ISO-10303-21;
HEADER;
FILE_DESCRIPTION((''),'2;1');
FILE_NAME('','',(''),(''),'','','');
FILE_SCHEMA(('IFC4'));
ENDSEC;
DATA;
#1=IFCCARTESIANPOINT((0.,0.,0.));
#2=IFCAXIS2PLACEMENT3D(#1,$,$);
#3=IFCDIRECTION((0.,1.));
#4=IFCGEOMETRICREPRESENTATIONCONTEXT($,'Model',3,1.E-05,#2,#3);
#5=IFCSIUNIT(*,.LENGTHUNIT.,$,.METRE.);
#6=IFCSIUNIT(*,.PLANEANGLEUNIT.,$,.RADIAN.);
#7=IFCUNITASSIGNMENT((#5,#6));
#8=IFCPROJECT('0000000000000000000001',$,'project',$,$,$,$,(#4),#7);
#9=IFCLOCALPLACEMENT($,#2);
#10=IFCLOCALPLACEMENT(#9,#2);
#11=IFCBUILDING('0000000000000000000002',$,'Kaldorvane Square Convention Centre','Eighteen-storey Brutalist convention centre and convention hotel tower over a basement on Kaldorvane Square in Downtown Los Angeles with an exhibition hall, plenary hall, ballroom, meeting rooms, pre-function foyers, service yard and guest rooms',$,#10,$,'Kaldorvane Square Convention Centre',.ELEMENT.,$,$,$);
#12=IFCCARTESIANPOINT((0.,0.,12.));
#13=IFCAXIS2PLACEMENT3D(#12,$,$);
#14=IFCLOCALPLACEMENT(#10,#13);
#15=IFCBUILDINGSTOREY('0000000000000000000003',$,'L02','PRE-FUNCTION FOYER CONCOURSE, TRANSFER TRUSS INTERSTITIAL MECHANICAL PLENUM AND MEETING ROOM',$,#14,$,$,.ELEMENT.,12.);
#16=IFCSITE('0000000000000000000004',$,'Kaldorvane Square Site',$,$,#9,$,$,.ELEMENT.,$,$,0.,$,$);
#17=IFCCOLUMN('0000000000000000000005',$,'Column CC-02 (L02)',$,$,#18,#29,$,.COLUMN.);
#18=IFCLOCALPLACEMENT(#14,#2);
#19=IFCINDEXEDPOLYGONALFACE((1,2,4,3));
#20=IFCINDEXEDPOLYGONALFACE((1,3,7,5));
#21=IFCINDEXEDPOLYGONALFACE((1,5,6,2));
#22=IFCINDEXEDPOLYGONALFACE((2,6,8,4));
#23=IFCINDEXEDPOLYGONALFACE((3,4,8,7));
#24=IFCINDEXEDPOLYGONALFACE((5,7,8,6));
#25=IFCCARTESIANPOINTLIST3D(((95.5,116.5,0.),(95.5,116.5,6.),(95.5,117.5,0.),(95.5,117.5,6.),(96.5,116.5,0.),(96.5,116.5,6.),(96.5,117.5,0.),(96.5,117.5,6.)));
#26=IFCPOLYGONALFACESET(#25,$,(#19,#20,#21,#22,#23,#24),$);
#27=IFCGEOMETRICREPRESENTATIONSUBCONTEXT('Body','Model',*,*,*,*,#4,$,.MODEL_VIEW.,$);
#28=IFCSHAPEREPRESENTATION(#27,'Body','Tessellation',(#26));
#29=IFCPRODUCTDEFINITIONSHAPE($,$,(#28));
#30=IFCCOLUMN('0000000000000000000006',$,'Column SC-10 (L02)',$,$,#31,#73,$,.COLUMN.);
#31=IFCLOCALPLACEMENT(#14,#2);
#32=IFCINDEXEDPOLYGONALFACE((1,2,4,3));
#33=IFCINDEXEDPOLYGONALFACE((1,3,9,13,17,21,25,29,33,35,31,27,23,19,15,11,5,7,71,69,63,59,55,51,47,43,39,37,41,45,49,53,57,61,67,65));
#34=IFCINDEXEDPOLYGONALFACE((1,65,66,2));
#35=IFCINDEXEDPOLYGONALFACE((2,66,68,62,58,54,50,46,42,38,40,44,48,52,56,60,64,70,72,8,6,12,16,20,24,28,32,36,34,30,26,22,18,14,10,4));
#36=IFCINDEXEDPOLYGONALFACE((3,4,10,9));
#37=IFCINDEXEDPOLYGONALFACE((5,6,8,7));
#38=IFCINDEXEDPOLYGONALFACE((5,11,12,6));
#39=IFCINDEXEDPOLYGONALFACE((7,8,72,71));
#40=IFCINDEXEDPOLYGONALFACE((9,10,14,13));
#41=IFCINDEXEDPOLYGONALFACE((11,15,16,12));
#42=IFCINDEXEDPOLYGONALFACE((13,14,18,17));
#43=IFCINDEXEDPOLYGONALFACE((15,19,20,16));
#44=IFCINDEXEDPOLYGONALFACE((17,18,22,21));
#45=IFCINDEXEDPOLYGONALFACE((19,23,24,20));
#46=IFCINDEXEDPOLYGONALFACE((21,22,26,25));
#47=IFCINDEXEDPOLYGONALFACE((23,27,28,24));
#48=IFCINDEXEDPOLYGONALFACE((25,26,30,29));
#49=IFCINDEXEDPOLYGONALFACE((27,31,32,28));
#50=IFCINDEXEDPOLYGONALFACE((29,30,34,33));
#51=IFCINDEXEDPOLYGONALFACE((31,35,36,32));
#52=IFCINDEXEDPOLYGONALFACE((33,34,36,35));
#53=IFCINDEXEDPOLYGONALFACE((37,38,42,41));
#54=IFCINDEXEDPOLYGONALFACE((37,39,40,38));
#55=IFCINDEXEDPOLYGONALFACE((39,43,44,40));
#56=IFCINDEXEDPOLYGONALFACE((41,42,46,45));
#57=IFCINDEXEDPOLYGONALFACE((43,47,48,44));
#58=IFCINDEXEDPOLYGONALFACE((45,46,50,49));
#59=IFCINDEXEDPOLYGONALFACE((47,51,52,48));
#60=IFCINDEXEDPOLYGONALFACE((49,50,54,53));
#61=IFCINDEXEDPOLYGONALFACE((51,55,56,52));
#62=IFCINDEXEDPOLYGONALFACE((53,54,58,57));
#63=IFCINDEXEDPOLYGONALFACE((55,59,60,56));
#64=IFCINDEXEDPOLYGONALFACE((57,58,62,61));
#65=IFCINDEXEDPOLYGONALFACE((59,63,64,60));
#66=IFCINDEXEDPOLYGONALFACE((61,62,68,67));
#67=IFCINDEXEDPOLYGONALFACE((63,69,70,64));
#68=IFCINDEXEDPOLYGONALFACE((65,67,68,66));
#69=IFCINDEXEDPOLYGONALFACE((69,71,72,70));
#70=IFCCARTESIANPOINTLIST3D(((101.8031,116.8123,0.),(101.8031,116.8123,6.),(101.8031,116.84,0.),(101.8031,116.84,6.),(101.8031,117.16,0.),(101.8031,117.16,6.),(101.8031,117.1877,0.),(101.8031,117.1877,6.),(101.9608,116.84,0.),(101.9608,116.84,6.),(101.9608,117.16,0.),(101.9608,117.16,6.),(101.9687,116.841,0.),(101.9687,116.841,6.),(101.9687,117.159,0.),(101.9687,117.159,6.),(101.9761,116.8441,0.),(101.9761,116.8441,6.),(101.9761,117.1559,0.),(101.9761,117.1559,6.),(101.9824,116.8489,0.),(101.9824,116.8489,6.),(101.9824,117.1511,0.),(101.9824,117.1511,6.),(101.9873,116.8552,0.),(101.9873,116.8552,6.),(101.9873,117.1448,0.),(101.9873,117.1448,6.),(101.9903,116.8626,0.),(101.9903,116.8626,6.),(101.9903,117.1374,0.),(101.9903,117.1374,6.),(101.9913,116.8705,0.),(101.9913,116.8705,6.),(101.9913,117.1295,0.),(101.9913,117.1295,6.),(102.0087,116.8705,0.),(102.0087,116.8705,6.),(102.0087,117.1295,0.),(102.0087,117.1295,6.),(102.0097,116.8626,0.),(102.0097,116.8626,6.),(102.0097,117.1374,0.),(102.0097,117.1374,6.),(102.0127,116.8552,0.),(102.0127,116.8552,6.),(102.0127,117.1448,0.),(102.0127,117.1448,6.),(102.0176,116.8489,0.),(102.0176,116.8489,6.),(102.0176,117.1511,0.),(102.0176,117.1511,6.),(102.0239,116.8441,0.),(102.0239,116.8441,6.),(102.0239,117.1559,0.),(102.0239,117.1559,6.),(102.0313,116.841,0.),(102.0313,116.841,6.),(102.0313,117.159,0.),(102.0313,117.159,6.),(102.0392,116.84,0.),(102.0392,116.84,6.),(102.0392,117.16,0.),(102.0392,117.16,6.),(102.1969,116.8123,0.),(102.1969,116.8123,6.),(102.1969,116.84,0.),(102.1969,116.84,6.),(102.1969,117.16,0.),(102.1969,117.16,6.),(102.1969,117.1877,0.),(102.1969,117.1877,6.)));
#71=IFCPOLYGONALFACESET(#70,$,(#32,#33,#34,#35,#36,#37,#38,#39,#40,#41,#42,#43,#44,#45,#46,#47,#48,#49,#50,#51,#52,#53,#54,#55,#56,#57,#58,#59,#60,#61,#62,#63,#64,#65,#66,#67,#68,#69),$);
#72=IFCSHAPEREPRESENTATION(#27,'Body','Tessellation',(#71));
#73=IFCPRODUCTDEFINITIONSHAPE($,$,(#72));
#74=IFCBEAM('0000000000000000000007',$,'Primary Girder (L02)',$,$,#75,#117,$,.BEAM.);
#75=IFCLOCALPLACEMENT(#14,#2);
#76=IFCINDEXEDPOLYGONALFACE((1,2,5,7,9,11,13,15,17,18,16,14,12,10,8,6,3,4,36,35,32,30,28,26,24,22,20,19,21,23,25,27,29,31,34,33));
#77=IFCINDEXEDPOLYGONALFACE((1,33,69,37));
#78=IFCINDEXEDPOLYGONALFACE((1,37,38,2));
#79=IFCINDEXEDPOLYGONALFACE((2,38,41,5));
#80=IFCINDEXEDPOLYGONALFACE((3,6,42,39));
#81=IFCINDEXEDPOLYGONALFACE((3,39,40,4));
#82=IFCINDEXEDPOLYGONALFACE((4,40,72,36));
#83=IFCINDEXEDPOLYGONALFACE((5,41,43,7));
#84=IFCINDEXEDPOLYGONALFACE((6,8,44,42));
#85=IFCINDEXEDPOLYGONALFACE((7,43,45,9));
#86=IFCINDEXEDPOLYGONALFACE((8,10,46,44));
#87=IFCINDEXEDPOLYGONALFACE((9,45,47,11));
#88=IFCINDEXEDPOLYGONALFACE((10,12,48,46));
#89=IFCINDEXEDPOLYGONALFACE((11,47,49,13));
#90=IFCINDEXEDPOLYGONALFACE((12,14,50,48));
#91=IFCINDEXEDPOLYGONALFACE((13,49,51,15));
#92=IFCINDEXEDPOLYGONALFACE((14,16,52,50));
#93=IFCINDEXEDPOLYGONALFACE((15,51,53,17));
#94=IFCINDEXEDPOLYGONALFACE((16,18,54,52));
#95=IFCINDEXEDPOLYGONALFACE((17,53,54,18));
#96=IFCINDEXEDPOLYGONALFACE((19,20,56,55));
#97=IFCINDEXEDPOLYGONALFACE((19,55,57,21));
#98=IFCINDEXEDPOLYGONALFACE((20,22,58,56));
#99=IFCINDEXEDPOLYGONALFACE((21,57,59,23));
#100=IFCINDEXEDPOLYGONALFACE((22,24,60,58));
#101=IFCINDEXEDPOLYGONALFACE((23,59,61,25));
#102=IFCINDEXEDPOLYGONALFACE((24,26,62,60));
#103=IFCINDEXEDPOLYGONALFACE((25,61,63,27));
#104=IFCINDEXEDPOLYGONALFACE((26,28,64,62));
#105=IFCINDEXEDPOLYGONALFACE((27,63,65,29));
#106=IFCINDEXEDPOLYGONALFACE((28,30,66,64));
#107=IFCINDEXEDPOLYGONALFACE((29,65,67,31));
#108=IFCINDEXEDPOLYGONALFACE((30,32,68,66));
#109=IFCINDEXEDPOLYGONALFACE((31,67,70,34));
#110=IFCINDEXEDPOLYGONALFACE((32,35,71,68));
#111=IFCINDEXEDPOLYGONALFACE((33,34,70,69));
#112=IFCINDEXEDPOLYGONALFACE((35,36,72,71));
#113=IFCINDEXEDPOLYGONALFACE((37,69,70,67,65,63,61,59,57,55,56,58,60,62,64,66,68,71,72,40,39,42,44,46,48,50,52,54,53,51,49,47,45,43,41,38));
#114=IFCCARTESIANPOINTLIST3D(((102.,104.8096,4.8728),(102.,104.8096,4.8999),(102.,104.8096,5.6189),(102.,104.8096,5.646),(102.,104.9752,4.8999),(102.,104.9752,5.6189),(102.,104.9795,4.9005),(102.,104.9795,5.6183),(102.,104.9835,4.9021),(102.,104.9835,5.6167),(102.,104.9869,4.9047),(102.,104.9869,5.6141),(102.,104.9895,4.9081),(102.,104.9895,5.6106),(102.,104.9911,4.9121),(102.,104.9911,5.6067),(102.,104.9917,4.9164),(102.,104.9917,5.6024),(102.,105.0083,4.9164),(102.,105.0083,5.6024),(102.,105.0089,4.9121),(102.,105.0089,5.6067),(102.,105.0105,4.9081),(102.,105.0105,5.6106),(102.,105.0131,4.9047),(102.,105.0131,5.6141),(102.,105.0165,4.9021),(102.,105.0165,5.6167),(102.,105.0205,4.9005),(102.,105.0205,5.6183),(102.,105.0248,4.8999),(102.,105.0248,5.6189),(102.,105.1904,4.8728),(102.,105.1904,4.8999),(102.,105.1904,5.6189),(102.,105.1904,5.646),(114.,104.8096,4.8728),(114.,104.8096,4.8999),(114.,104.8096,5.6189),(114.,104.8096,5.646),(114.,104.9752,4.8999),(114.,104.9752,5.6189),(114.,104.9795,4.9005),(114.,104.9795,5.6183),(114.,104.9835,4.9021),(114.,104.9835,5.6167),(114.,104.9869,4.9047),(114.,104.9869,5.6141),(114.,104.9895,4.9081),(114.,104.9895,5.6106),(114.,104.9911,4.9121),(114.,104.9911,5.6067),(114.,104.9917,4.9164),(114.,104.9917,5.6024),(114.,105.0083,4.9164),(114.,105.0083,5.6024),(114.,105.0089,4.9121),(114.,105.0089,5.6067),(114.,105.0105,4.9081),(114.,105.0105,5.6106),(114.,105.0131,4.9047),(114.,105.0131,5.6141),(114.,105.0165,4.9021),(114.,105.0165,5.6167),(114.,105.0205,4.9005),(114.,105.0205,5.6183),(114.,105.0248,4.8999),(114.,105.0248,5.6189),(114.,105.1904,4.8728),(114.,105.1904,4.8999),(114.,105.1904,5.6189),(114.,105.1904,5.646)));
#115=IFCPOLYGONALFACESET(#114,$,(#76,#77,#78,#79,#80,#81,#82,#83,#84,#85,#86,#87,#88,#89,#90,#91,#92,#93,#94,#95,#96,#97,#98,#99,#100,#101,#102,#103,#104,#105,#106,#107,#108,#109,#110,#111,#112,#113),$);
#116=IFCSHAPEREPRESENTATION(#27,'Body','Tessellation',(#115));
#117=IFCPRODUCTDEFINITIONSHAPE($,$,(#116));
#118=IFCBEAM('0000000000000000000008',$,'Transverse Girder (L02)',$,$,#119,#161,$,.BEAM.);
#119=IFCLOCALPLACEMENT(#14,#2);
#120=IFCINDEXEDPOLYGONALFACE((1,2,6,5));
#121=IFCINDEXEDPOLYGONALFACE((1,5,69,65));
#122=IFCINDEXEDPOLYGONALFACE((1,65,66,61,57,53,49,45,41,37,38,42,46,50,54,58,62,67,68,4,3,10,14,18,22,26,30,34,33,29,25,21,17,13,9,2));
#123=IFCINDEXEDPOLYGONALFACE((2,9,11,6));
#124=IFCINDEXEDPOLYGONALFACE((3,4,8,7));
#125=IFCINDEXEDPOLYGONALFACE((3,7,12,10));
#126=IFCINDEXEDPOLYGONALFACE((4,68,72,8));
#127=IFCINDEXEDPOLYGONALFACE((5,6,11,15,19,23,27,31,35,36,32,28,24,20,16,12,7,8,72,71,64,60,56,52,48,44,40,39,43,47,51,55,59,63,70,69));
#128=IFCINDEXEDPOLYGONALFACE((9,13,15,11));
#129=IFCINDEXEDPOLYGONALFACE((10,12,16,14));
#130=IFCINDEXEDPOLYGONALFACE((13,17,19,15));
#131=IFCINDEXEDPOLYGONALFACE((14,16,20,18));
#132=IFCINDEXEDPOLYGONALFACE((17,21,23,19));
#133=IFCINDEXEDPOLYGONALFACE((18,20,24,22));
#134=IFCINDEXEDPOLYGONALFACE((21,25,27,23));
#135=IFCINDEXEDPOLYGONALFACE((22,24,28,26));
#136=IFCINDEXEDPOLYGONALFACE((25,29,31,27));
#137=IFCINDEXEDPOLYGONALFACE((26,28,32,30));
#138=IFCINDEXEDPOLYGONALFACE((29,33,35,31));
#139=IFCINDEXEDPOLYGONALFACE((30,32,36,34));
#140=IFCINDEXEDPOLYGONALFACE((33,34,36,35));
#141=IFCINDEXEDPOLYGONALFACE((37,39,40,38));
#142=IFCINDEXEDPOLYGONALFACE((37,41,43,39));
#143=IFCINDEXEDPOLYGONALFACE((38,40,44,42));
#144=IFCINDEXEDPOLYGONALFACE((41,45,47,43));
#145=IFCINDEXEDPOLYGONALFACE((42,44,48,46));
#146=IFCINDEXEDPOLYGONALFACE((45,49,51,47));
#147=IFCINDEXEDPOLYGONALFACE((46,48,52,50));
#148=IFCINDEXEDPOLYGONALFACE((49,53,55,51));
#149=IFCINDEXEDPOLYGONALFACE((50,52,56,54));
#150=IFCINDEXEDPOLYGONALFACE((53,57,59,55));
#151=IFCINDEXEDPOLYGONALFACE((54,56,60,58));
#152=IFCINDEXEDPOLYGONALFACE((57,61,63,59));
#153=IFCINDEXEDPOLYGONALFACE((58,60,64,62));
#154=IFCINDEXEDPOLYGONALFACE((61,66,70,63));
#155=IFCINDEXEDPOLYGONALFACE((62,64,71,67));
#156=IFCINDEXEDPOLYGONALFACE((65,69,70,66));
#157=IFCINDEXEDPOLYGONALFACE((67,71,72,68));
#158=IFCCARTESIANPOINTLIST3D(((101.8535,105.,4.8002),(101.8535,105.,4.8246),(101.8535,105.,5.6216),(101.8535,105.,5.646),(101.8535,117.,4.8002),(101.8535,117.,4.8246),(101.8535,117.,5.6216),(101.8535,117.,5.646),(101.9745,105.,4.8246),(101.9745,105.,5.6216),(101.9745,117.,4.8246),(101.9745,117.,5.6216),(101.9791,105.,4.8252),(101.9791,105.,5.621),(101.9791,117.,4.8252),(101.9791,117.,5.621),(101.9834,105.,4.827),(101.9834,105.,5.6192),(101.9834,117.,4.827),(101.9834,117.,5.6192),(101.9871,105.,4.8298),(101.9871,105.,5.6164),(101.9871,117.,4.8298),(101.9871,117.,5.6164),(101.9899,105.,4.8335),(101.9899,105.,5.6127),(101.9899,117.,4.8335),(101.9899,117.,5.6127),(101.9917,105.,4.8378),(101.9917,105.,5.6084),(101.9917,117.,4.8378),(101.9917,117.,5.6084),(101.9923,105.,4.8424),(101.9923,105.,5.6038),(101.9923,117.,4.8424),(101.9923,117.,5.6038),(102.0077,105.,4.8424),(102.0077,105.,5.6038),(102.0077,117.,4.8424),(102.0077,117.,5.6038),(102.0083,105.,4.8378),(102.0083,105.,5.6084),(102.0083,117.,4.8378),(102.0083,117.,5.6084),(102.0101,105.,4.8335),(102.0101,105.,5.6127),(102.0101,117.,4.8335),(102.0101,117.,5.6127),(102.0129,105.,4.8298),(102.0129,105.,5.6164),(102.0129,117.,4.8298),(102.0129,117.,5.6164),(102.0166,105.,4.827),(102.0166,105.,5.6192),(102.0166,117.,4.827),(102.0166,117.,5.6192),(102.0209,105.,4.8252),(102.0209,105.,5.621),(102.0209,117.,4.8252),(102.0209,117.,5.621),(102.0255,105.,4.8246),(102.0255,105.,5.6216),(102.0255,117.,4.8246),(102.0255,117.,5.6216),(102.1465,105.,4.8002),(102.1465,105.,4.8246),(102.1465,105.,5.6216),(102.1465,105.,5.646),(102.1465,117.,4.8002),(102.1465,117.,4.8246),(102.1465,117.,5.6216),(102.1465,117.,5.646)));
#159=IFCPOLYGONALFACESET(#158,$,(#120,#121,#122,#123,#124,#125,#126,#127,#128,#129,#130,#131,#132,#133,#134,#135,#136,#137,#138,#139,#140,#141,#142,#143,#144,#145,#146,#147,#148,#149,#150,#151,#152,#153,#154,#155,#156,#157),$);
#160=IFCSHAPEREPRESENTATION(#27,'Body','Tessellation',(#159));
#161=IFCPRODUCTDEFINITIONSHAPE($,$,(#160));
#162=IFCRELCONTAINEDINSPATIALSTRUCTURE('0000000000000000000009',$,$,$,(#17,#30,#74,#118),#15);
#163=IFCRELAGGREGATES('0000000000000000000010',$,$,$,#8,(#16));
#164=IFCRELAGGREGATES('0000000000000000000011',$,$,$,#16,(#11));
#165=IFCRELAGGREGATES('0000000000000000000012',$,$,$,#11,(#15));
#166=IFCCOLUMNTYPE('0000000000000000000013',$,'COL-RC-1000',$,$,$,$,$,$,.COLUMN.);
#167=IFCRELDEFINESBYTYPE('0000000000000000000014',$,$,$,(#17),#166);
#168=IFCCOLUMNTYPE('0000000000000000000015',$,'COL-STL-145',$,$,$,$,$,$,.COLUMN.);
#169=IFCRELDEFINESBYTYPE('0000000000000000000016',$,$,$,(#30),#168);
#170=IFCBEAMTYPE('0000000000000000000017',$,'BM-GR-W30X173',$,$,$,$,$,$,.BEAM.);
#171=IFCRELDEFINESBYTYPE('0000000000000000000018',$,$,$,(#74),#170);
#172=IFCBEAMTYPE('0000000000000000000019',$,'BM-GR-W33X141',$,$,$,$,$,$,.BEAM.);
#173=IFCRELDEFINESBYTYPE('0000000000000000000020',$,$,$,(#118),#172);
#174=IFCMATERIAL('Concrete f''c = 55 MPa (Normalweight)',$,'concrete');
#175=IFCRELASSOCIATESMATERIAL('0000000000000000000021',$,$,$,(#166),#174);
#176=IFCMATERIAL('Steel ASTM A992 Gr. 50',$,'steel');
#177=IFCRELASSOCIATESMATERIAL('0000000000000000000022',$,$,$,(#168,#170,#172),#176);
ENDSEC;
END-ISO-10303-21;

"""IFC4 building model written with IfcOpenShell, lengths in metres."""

from ifc_helpers import new_model, si_unit, direction, frame, origin, origin_2d, place, context, subcontext, project, spatial, rectangle, i_section, extrude, material, material_profile, profile_set, type_object, element, save


model = new_model("IFC4")

# Units and contexts
model_context = context("Model", 3, precision=1e-05, world=origin(), true_north=direction((0.0, 1.0)))
body_context = subcontext(model_context, "Body", "Model", "MODEL_VIEW")
ifc_project = project(units=[si_unit("LENGTHUNIT", "METRE"), si_unit("PLANEANGLEUNIT", "RADIAN")], contexts=[model_context])

# Site, building, storey
site_placement = place(None, origin())
site = spatial("IfcSite", under=ifc_project, at=site_placement, Name="Kaldorvane Square Site", CompositionType="ELEMENT", RefElevation=0.0)
building_placement = place(site_placement, origin())
building = spatial("IfcBuilding", under=site, at=building_placement, Name="Kaldorvane Square Convention Centre", Description="Eighteen-storey Brutalist convention centre and convention hotel tower over a basement on Kaldorvane Square in Downtown Los Angeles with an exhibition hall, plenary hall, ballroom, meeting rooms, pre-function foyers, service yard and guest rooms", LongName="Kaldorvane Square Convention Centre", CompositionType="ELEMENT")
storey_placement = place(building_placement, frame((0.0, 0.0, 12.0)))
storey = spatial("IfcBuildingStorey", under=building, at=storey_placement, Name="L02", Description="PRE-FUNCTION FOYER CONCOURSE, TRANSFER TRUSS INTERSTITIAL MECHANICAL PLENUM AND MEETING ROOM", CompositionType="ELEMENT", Elevation=12.0)

# Columns
ifc_material_1 = material(Name="Concrete f'c = 55 MPa (Normalweight)", Category="concrete")
ifc_material_profile_1 = material_profile(ifc_material_1, rectangle(XDim=1.0, YDim=1.0, at=origin_2d()), Name="RC1000X1000")
ifc_profile_set_1 = profile_set([ifc_material_profile_1], Name="Concrete f'c = 55 MPa (Normalweight)")
column_type_1 = type_object("IfcColumnType", Name="COL-RC-1000", PredefinedType="COLUMN", material=ifc_profile_set_1)
column_1_placement = place(storey_placement, frame((96.0, 117.0, 0.0), z_axis=(0.0, 0.0, 1.0), x_axis=(1.0, 0.0, 0.0)))
element("IfcColumn", 1, at=column_1_placement, inside=storey, type_object=column_type_1, Name="Column CC-02 (L02)", PredefinedType="COLUMN", context=body_context, shape_type="SweptSolid", body=[
    extrude(rectangle(XDim=1.0, YDim=1.0, at=origin_2d()), origin(), (0.0, 0.0, 1.0), 6.0),
])
ifc_material_2 = material(Name="Steel ASTM A992 Gr. 50", Category="steel")
ifc_material_profile_2 = material_profile(ifc_material_2, i_section(OverallWidth=0.3937, OverallDepth=0.3754, WebThickness=0.0173, FlangeThickness=0.0277, FilletRadius=0.0305, at=origin_2d()), Name="W14X145")
ifc_profile_set_2 = profile_set([ifc_material_profile_2], Name="Steel ASTM A992 Gr. 50")
column_type_2 = type_object("IfcColumnType", Name="COL-STL-145", PredefinedType="COLUMN", material=ifc_profile_set_2)
column_2_placement = place(storey_placement, frame((102.0, 117.0, 0.0), z_axis=(0.0, 0.0, 1.0), x_axis=(1.0, 0.0, 0.0)))
element("IfcColumn", 2, at=column_2_placement, inside=storey, type_object=column_type_2, Name="Column SC-10 (L02)", PredefinedType="COLUMN", context=body_context, shape_type="SweptSolid", body=[
    extrude(i_section(OverallWidth=0.3937, OverallDepth=0.3754, WebThickness=0.0173, FlangeThickness=0.0277, FilletRadius=0.0305, at=origin_2d()), origin(), (0.0, 0.0, 1.0), 6.0),
])

# Beams
ifc_material_profile_3 = material_profile(ifc_material_2, i_section(OverallWidth=0.3807, OverallDepth=0.7732, WebThickness=0.0166, FlangeThickness=0.0271, FilletRadius=0.0165, at=origin_2d()), Name="W30X173")
ifc_profile_set_3 = profile_set([ifc_material_profile_3], Name="Steel ASTM A992 Gr. 50")
beam_type_1 = type_object("IfcBeamType", Name="BM-GR-W30X173", PredefinedType="BEAM", material=ifc_profile_set_3)
beam_1_placement = place(storey_placement, frame((102.0, 105.0, 5.2594), z_axis=(1.0, 0.0, 0.0), x_axis=(0.0, 1.0, 0.0)))
element("IfcBeam", 3, at=beam_1_placement, inside=storey, type_object=beam_type_1, Name="Primary Girder (L02)", PredefinedType="BEAM", context=body_context, shape_type="SweptSolid", body=[
    extrude(i_section(OverallWidth=0.3807, OverallDepth=0.7732, WebThickness=0.0166, FlangeThickness=0.0271, FilletRadius=0.0165, at=origin_2d()), origin(), (0.0, 0.0, 1.0), 12.0),
])
ifc_material_profile_4 = material_profile(ifc_material_2, i_section(OverallWidth=0.293, OverallDepth=0.8458, WebThickness=0.0154, FlangeThickness=0.0244, FilletRadius=0.0178, at=origin_2d()), Name="W33X141")
ifc_profile_set_4 = profile_set([ifc_material_profile_4], Name="Steel ASTM A992 Gr. 50")
beam_type_2 = type_object("IfcBeamType", Name="BM-GR-W33X141", PredefinedType="BEAM", material=ifc_profile_set_4)
beam_2_placement = place(storey_placement, frame((102.0, 105.0, 5.2231), z_axis=(0.0, 1.0, 0.0), x_axis=(-1.0, 0.0, 0.0)))
element("IfcBeam", 4, at=beam_2_placement, inside=storey, type_object=beam_type_2, Name="Transverse Girder (L02)", PredefinedType="BEAM", context=body_context, shape_type="SweptSolid", body=[
    extrude(i_section(OverallWidth=0.293, OverallDepth=0.8458, WebThickness=0.0154, FlangeThickness=0.0244, FilletRadius=0.0178, at=origin_2d()), origin(), (0.0, 0.0, 1.0), 12.0),
])

save(model, "model.ifc")
